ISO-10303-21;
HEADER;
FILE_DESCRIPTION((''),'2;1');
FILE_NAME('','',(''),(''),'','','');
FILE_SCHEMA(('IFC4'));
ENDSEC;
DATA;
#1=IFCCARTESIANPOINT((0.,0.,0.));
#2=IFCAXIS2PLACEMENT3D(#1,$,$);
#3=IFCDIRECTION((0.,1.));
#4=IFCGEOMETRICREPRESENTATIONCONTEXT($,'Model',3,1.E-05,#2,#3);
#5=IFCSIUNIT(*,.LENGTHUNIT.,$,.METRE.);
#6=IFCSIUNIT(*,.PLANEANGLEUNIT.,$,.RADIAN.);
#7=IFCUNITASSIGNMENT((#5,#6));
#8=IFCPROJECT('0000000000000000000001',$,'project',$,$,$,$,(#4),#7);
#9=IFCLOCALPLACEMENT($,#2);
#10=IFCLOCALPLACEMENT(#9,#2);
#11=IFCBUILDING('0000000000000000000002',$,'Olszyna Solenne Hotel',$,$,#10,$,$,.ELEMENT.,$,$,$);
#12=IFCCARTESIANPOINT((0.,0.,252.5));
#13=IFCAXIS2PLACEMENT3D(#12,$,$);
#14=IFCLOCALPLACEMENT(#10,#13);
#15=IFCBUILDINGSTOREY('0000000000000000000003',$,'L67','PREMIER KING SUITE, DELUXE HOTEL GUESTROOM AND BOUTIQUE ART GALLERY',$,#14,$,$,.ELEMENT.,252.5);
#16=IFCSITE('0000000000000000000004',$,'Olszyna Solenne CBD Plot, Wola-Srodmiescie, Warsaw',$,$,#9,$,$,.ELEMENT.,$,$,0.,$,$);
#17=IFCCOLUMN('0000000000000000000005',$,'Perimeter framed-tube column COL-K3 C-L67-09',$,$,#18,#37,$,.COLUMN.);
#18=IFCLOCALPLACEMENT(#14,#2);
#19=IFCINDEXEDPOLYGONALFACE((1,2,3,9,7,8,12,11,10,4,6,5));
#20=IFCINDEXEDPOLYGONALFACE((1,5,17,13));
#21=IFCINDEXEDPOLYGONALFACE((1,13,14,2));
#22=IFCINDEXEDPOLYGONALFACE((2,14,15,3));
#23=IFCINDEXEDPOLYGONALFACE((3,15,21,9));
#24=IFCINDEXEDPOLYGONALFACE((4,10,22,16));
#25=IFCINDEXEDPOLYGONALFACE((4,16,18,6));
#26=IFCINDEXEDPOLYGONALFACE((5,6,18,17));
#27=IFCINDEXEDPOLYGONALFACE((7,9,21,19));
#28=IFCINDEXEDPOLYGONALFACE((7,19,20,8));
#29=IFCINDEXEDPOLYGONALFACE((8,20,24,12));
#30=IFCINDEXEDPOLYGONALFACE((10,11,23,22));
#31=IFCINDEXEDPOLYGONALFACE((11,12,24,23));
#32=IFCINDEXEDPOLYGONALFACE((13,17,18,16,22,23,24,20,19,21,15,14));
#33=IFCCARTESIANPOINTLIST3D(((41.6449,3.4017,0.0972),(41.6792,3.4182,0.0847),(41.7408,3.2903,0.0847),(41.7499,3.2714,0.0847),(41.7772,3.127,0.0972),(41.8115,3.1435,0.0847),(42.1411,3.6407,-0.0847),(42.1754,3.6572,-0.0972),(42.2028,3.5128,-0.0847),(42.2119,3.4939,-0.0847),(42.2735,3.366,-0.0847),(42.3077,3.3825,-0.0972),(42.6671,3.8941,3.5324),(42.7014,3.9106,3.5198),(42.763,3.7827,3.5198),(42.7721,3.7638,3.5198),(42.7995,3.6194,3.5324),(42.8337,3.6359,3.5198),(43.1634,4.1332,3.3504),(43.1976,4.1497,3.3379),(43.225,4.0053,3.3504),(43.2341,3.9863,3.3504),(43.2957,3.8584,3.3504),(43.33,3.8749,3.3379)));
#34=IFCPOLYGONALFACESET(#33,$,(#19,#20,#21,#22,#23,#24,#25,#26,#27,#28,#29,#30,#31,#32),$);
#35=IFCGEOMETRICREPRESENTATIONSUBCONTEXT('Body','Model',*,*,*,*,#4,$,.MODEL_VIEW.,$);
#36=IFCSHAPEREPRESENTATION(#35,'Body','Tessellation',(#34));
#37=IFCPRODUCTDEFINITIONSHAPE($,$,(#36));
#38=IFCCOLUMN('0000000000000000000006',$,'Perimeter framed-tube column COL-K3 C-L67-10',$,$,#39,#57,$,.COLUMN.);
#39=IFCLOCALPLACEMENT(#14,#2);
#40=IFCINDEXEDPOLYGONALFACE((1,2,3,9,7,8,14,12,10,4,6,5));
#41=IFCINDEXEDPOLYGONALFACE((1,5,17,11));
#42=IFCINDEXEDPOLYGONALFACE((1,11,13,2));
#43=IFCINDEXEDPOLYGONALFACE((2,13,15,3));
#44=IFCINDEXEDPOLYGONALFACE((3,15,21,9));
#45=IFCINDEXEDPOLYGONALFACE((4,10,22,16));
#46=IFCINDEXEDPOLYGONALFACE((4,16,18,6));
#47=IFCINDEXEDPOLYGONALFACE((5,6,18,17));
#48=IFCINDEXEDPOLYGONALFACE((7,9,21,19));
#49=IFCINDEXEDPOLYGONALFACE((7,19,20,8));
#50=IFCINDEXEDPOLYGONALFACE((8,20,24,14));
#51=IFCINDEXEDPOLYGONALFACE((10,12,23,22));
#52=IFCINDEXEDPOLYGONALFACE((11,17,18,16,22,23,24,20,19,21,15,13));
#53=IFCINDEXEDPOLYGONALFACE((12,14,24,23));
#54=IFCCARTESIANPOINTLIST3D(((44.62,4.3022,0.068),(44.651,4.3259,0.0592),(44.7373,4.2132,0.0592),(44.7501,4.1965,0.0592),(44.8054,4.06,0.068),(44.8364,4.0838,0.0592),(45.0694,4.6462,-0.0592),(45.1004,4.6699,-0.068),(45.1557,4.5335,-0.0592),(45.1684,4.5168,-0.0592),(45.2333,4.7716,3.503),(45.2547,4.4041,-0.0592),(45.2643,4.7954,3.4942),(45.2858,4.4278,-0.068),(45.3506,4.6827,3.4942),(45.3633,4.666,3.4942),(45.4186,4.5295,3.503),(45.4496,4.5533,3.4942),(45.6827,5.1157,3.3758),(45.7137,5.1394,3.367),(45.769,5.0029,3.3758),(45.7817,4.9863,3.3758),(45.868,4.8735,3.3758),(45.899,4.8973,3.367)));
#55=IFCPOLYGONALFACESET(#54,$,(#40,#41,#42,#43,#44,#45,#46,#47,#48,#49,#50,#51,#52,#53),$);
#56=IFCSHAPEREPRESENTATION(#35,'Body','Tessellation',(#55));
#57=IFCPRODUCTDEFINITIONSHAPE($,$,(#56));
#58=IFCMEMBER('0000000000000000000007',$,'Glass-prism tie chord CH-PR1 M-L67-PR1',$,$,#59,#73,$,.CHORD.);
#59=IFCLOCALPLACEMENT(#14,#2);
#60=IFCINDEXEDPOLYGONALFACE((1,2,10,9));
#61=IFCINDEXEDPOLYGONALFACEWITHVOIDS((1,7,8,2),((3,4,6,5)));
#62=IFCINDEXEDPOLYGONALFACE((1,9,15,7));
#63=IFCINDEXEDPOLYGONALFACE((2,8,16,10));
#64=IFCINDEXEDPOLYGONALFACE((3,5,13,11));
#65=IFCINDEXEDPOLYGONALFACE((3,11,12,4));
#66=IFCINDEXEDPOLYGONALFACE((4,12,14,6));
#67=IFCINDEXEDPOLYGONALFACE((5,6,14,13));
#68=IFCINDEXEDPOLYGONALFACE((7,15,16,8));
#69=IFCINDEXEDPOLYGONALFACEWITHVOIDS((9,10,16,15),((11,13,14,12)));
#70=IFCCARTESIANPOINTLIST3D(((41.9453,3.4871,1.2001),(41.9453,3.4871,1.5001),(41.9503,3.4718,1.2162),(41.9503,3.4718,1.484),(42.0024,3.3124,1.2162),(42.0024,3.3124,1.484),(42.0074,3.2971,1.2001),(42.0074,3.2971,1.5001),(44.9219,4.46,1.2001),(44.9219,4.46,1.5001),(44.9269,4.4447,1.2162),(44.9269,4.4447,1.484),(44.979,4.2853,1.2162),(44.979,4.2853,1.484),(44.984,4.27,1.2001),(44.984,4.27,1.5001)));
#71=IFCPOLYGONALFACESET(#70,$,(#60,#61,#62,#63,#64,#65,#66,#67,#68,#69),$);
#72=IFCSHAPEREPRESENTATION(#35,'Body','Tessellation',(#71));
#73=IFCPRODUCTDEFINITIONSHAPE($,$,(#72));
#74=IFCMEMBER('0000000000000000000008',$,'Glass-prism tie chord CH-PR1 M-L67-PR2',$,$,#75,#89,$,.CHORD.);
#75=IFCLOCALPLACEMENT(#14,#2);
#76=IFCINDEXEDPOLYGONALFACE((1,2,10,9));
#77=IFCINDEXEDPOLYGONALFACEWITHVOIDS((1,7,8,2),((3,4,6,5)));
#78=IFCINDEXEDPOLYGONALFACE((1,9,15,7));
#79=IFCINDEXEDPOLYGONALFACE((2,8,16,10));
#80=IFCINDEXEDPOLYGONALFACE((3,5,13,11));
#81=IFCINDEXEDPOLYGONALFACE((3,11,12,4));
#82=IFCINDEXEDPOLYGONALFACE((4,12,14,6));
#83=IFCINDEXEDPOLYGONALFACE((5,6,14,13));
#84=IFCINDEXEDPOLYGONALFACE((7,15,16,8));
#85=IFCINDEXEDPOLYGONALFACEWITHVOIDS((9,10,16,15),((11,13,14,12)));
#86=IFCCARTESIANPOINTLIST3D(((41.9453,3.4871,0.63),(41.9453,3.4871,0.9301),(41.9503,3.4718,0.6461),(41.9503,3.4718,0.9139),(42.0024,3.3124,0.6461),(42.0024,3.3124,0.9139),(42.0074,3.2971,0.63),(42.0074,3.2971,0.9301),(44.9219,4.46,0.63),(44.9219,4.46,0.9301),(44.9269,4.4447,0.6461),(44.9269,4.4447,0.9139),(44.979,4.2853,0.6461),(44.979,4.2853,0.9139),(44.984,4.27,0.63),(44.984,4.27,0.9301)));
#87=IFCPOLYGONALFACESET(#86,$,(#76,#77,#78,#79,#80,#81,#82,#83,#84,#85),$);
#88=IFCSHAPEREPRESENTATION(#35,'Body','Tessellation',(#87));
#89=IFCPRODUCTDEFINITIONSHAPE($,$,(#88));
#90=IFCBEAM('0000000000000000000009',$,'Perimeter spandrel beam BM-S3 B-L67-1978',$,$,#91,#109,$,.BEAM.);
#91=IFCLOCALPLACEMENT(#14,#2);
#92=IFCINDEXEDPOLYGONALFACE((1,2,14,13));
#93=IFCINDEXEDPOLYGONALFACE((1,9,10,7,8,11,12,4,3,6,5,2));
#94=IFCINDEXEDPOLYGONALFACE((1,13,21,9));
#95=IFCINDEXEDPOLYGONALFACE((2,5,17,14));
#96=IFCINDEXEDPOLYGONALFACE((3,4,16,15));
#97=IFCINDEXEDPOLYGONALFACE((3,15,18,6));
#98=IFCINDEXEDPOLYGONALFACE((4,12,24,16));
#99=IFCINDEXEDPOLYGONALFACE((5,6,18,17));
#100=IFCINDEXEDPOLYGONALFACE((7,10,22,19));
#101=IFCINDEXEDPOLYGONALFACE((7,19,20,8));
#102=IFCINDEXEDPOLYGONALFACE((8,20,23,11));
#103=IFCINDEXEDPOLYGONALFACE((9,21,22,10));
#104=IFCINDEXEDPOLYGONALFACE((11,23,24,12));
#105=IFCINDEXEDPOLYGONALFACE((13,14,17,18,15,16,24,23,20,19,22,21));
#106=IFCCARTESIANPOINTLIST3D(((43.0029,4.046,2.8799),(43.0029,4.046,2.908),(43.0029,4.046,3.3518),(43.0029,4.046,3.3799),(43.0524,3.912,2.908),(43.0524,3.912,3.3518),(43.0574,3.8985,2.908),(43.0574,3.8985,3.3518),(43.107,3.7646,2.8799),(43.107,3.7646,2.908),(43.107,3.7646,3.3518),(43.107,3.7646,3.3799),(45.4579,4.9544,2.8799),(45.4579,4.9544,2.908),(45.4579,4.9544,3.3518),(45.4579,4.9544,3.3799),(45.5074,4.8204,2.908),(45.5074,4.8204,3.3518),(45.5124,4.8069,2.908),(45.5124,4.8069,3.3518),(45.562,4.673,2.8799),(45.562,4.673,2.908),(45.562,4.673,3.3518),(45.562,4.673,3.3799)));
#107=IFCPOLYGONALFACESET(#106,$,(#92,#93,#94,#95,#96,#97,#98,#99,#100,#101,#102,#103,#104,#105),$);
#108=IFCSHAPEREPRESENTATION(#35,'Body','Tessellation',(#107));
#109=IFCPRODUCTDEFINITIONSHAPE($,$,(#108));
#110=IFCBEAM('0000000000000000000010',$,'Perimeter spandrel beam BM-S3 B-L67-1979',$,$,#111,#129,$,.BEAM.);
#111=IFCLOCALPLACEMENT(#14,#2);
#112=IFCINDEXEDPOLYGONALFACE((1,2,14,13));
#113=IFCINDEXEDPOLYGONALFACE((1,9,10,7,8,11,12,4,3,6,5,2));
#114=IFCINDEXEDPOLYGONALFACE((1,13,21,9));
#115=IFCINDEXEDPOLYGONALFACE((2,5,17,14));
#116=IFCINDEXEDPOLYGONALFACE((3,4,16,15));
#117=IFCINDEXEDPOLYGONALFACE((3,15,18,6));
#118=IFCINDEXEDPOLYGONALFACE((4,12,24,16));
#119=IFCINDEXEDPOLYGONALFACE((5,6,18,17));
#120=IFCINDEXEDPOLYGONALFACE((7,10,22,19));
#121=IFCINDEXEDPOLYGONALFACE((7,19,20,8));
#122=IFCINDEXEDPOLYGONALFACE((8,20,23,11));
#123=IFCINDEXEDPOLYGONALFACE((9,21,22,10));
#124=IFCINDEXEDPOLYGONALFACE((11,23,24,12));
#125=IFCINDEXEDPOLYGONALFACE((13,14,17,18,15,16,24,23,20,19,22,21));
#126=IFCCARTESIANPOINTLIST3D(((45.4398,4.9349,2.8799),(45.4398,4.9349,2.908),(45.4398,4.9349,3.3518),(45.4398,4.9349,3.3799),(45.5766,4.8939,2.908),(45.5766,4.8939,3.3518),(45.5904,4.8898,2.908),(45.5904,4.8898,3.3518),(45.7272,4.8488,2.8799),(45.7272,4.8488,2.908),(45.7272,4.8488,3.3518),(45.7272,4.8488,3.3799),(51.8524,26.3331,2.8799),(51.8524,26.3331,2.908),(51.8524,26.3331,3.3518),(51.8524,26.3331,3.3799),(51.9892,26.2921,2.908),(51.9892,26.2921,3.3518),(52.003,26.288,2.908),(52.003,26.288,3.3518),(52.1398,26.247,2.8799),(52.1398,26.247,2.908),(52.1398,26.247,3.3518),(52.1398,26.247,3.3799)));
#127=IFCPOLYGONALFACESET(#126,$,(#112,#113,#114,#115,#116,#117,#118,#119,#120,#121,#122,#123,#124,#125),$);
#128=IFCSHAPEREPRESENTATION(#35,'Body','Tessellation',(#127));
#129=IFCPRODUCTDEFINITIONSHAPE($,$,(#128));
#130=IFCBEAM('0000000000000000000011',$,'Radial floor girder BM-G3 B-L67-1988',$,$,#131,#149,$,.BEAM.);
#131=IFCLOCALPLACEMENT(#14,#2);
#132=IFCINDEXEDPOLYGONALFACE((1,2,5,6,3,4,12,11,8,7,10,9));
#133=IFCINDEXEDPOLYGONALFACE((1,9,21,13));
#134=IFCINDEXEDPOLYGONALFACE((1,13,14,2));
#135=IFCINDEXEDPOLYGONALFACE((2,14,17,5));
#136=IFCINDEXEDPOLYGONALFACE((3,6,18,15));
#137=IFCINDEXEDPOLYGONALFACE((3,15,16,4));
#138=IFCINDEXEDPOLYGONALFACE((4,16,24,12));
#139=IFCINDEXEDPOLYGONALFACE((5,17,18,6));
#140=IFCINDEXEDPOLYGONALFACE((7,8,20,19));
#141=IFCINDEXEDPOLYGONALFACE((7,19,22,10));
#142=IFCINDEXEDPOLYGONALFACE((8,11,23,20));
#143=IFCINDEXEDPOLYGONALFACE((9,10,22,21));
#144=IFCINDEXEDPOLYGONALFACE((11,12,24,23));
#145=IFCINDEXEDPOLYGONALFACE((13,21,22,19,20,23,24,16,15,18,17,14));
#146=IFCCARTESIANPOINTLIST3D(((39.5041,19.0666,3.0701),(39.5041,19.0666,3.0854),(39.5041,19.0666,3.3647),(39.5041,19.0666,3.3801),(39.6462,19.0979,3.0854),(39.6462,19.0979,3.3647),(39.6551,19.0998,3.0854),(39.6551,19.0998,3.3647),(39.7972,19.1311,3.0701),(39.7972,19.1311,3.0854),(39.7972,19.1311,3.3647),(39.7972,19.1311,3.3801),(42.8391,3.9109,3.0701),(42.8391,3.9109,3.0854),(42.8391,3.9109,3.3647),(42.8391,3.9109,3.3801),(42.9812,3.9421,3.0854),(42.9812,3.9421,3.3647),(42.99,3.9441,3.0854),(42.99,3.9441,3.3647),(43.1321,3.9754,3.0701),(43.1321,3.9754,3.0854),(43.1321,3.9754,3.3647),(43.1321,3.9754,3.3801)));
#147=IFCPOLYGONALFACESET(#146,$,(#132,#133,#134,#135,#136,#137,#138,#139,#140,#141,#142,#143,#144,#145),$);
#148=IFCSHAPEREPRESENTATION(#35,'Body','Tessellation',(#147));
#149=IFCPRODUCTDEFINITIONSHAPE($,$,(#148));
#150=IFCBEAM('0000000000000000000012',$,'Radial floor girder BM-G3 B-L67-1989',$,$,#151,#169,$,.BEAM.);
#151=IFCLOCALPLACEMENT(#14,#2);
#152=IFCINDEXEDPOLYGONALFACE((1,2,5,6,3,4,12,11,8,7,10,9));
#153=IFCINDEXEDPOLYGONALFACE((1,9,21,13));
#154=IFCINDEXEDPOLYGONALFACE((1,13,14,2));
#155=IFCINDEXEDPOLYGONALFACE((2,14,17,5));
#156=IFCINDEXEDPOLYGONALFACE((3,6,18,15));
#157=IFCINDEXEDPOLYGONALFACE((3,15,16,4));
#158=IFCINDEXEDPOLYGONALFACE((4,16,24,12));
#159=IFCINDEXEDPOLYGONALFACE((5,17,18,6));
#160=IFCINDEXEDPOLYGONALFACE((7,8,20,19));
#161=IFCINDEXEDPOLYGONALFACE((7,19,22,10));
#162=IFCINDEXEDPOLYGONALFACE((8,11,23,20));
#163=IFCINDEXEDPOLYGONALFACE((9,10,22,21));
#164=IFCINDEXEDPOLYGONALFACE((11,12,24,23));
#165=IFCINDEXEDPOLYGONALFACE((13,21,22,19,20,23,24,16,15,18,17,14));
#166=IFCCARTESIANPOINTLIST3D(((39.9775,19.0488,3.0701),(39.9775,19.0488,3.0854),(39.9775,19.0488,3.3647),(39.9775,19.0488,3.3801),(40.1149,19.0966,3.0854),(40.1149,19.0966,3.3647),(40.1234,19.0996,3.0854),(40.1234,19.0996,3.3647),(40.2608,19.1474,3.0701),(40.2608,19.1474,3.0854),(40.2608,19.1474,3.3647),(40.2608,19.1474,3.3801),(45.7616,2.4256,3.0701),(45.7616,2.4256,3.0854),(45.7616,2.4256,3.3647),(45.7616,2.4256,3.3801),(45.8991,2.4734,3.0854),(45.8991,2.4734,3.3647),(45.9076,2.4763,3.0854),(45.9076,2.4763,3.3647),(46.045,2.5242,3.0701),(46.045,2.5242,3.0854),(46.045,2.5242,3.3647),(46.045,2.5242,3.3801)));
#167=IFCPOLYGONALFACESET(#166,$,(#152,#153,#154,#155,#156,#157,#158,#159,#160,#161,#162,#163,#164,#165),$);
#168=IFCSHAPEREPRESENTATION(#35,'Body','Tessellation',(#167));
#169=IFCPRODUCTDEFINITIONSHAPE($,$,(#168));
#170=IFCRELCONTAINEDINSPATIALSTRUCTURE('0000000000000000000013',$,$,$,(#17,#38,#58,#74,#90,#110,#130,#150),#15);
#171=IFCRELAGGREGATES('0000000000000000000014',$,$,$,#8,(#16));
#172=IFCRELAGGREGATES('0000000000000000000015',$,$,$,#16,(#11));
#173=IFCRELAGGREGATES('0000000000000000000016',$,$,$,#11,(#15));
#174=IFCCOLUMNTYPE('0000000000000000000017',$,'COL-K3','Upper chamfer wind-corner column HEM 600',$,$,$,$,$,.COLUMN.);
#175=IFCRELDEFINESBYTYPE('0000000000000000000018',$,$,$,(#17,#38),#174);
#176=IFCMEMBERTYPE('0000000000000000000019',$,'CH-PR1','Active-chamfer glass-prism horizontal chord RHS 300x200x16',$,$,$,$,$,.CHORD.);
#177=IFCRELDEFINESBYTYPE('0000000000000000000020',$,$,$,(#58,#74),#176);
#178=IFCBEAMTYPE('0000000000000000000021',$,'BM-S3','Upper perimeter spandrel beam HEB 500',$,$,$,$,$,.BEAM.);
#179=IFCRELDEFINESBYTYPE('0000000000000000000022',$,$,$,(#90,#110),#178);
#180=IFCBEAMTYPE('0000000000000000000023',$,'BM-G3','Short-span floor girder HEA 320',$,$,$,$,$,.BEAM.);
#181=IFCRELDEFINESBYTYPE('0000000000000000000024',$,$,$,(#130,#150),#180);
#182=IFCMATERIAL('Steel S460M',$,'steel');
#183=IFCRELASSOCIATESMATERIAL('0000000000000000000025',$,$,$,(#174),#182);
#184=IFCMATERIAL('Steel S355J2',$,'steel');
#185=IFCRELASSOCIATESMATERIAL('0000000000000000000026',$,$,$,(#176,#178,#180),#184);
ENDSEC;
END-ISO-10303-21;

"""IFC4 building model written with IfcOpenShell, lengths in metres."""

from ifc_helpers import new_model, si_unit, direction, frame, origin, origin_2d, place, context, subcontext, project, spatial, hollow_rectangle, i_section, extrude, source, transform, mapped, material, material_profile, profile_set, type_object, element, save


model = new_model("IFC4")

# Units and contexts
model_context = context("Model", 3, precision=1e-05, world=origin(), true_north=direction((0.0, 1.0)))
body_context = subcontext(model_context, "Body", "Model", "MODEL_VIEW")
ifc_project = project(units=[si_unit("LENGTHUNIT", "METRE"), si_unit("PLANEANGLEUNIT", "RADIAN")], contexts=[model_context])

# Site, building, storey
site_placement = place(None, origin())
site = spatial("IfcSite", under=ifc_project, at=site_placement, Name="Olszyna Solenne CBD Plot, Wola-Srodmiescie, Warsaw", CompositionType="ELEMENT", RefElevation=0.0)
building_placement = place(site_placement, origin())
building = spatial("IfcBuilding", under=site, at=building_placement, Name="Olszyna Solenne Hotel", CompositionType="ELEMENT")
storey_placement = place(building_placement, frame((0.0, 0.0, 252.5)))
storey = spatial("IfcBuildingStorey", under=building, at=storey_placement, Name="L67", Description="PREMIER KING SUITE, DELUXE HOTEL GUESTROOM AND BOUTIQUE ART GALLERY", CompositionType="ELEMENT", Elevation=252.5)

# Columns
ifc_material_1 = material(Name="Steel S460M", Category="steel")
ifc_material_profile_1 = material_profile(ifc_material_1, i_section(OverallWidth=0.3049, OverallDepth=0.6201, WebThickness=0.021, FlangeThickness=0.04, at=origin_2d()), Name="HEM 600", Category="load-bearing")
ifc_profile_set_1 = profile_set([ifc_material_profile_1], Name="Steel S460M")
column_type = type_object("IfcColumnType", Name="COL-K3", Description="Upper chamfer wind-corner column HEM 600", PredefinedType="COLUMN", material=ifc_profile_set_1)
shared_shape_1 = source(origin(), body_context, "Body", "SweptSolid", [
    extrude(i_section(OverallWidth=0.3049, OverallDepth=0.6201, WebThickness=0.021, FlangeThickness=0.04, at=origin_2d()), origin(), (0.0, 0.0, 1.0), 3.6177),
])
column_1_placement = place(storey_placement, frame((41.9763, 3.3921, 0.0), z_axis=(0.282568, 0.136121, 0.94954), x_axis=(-0.433997, 0.900914, 0.0)))
element("IfcColumn", 1, at=column_1_placement, inside=storey, type_object=column_type, Name="Perimeter framed-tube column COL-K3 C-L67-09", PredefinedType="COLUMN", context=body_context, shape_type="MappedRepresentation", body=[
    mapped(shared_shape_1, transform((0.0, 0.0, 0.0), x_axis=(1.0, 0.0, 0.0), y_axis=(0.0, 1.0, 0.0), z_axis=(0.0, 0.0, 1.0), scale=1.0)),
])
shared_shape_2 = source(origin(), body_context, "Body", "SweptSolid", [
    extrude(i_section(OverallWidth=0.3049, OverallDepth=0.6201, WebThickness=0.021, FlangeThickness=0.04, at=origin_2d()), origin(), (0.0, 0.0, 1.0), 3.5208),
])
column_2_placement = place(storey_placement, frame((44.9529, 4.365, 0.0), z_axis=(0.174187, 0.133345, 0.975642), x_axis=(-0.607861, 0.794044, 0.0)))
element("IfcColumn", 2, at=column_2_placement, inside=storey, type_object=column_type, Name="Perimeter framed-tube column COL-K3 C-L67-10", PredefinedType="COLUMN", context=body_context, shape_type="MappedRepresentation", body=[
    mapped(shared_shape_2, transform((0.0, 0.0, 0.0), x_axis=(1.0, 0.0, 0.0), y_axis=(0.0, 1.0, 0.0), z_axis=(0.0, 0.0, 1.0), scale=1.0)),
])

# Members
ifc_material_2 = material(Name="Steel S355J2", Category="steel")
ifc_material_profile_2 = material_profile(ifc_material_2, hollow_rectangle(XDim=0.2, YDim=0.3, WallThickness=0.0161, at=origin_2d()), Name="RHS 300x200x16", Category="load-bearing")
ifc_profile_set_2 = profile_set([ifc_material_profile_2], Name="Steel S355J2")
member_type_1 = type_object("IfcMemberType", Name="CH-PR1", Description="Active-chamfer glass-prism horizontal chord RHS 300x200x16", PredefinedType="CHORD", material=ifc_profile_set_2)
shared_shape_3 = source(origin(), body_context, "Body", "SweptSolid", [
    extrude(hollow_rectangle(XDim=0.2, YDim=0.3, WallThickness=0.0161, at=origin_2d()), origin(), (0.0, 0.0, 1.0), 3.1316),
])
for number, where, z_axis, x_axis, name in (
    (3, (41.9763, 3.3921, 1.3501), (0.950515, 0.310679, 0.0), (-0.310679, 0.950515, 0.0), "Glass-prism tie chord CH-PR1 M-L67-PR1"),
    (4, (41.9763, 3.3921, 0.78), (0.950515, 0.310679, 0.0), (-0.310679, 0.950515, 0.0), "Glass-prism tie chord CH-PR1 M-L67-PR2"),
):
    element("IfcMember", number, at=place(storey_placement, frame(where, z_axis=z_axis, x_axis=x_axis)), inside=storey, type_object=member_type_1, Name=name, PredefinedType="CHORD", context=body_context, shape_type="MappedRepresentation", body=[
        mapped(shared_shape_3, transform((0.0, 0.0, 0.0), x_axis=(1.0, 0.0, 0.0), y_axis=(0.0, 1.0, 0.0), z_axis=(0.0, 0.0, 1.0), scale=1.0)),
    ])

# Beams
ifc_material_profile_3 = material_profile(ifc_material_2, i_section(OverallWidth=0.3, OverallDepth=0.5, WebThickness=0.0144, FlangeThickness=0.0281, at=origin_2d()), Name="HEB 500", Category="load-bearing")
ifc_profile_set_3 = profile_set([ifc_material_profile_3], Name="Steel S355J2")
beam_type_1 = type_object("IfcBeamType", Name="BM-S3", Description="Upper perimeter spandrel beam HEB 500", PredefinedType="BEAM", material=ifc_profile_set_3)
shared_shape_4 = source(origin(), body_context, "Body", "SweptSolid", [
    extrude(i_section(OverallWidth=0.3, OverallDepth=0.5, WebThickness=0.0144, FlangeThickness=0.0281, at=origin_2d()), origin(), (0.0, 0.0, 1.0), 2.6177),
])
beam_1_placement = place(storey_placement, frame((43.0549, 3.9053, 3.1299), z_axis=(0.937853, 0.347032, 0.0), x_axis=(-0.347032, 0.937853, 0.0)))
element("IfcBeam", 5, at=beam_1_placement, inside=storey, type_object=beam_type_1, Name="Perimeter spandrel beam BM-S3 B-L67-1978", PredefinedType="BEAM", context=body_context, shape_type="MappedRepresentation", body=[
    mapped(shared_shape_4, transform((0.0, 0.0, 0.0), x_axis=(1.0, 0.0, 0.0), y_axis=(0.0, 1.0, 0.0), z_axis=(0.0, 0.0, 1.0), scale=1.0)),
])
shared_shape_5 = source(origin(), body_context, "Body", "SweptSolid", [
    extrude(i_section(OverallWidth=0.3, OverallDepth=0.5, WebThickness=0.0144, FlangeThickness=0.0281, at=origin_2d()), origin(), (0.0, 0.0, 1.0), 22.3384),
])
beam_2_placement = place(storey_placement, frame((45.5835, 4.8918, 3.1299), z_axis=(0.287066, 0.957911, 0.0), x_axis=(-0.957911, 0.287066, 0.0)))
element("IfcBeam", 6, at=beam_2_placement, inside=storey, type_object=beam_type_1, Name="Perimeter spandrel beam BM-S3 B-L67-1979", PredefinedType="BEAM", context=body_context, shape_type="MappedRepresentation", body=[
    mapped(shared_shape_5, transform((0.0, 0.0, 0.0), x_axis=(1.0, 0.0, 0.0), y_axis=(0.0, 1.0, 0.0), z_axis=(0.0, 0.0, 1.0), scale=1.0)),
])
ifc_material_profile_4 = material_profile(ifc_material_2, i_section(OverallWidth=0.3, OverallDepth=0.3101, WebThickness=0.009, FlangeThickness=0.0154, at=origin_2d()), Name="HEA 320", Category="load-bearing")
ifc_profile_set_4 = profile_set([ifc_material_profile_4], Name="Steel S355J2")
beam_type_2 = type_object("IfcBeamType", Name="BM-G3", Description="Short-span floor girder HEA 320", PredefinedType="BEAM", material=ifc_profile_set_4)
shared_shape_6 = source(origin(), body_context, "Body", "SweptSolid", [
    extrude(i_section(OverallWidth=0.3, OverallDepth=0.3101, WebThickness=0.009, FlangeThickness=0.0154, at=origin_2d()), origin(), (0.0, 0.0, 1.0), 15.5183),
])
beam_3_placement = place(storey_placement, frame((42.9856, 3.9431, 3.2251), z_axis=(-0.214904, 0.976635, 0.0), x_axis=(-0.976635, -0.214904, 0.0)))
element("IfcBeam", 7, at=beam_3_placement, inside=storey, type_object=beam_type_2, Name="Radial floor girder BM-G3 B-L67-1988", PredefinedType="BEAM", context=body_context, shape_type="MappedRepresentation", body=[
    mapped(shared_shape_6, transform((0.0, 0.0, 0.0), x_axis=(1.0, 0.0, 0.0), y_axis=(0.0, 1.0, 0.0), z_axis=(0.0, 0.0, 1.0), scale=1.0)),
])
shared_shape_7 = source(origin(), body_context, "Body", "SweptSolid", [
    extrude(i_section(OverallWidth=0.3, OverallDepth=0.3101, WebThickness=0.009, FlangeThickness=0.0154, at=origin_2d()), origin(), (0.0, 0.0, 1.0), 17.6008),
])
beam_4_placement = place(storey_placement, frame((45.9033, 2.4749, 3.2251), z_axis=(-0.32863, 0.944459, 0.0), x_axis=(-0.944459, -0.32863, 0.0)))
element("IfcBeam", 8, at=beam_4_placement, inside=storey, type_object=beam_type_2, Name="Radial floor girder BM-G3 B-L67-1989", PredefinedType="BEAM", context=body_context, shape_type="MappedRepresentation", body=[
    mapped(shared_shape_7, transform((0.0, 0.0, 0.0), x_axis=(1.0, 0.0, 0.0), y_axis=(0.0, 1.0, 0.0), z_axis=(0.0, 0.0, 1.0), scale=1.0)),
])

save(model, "model.ifc")
